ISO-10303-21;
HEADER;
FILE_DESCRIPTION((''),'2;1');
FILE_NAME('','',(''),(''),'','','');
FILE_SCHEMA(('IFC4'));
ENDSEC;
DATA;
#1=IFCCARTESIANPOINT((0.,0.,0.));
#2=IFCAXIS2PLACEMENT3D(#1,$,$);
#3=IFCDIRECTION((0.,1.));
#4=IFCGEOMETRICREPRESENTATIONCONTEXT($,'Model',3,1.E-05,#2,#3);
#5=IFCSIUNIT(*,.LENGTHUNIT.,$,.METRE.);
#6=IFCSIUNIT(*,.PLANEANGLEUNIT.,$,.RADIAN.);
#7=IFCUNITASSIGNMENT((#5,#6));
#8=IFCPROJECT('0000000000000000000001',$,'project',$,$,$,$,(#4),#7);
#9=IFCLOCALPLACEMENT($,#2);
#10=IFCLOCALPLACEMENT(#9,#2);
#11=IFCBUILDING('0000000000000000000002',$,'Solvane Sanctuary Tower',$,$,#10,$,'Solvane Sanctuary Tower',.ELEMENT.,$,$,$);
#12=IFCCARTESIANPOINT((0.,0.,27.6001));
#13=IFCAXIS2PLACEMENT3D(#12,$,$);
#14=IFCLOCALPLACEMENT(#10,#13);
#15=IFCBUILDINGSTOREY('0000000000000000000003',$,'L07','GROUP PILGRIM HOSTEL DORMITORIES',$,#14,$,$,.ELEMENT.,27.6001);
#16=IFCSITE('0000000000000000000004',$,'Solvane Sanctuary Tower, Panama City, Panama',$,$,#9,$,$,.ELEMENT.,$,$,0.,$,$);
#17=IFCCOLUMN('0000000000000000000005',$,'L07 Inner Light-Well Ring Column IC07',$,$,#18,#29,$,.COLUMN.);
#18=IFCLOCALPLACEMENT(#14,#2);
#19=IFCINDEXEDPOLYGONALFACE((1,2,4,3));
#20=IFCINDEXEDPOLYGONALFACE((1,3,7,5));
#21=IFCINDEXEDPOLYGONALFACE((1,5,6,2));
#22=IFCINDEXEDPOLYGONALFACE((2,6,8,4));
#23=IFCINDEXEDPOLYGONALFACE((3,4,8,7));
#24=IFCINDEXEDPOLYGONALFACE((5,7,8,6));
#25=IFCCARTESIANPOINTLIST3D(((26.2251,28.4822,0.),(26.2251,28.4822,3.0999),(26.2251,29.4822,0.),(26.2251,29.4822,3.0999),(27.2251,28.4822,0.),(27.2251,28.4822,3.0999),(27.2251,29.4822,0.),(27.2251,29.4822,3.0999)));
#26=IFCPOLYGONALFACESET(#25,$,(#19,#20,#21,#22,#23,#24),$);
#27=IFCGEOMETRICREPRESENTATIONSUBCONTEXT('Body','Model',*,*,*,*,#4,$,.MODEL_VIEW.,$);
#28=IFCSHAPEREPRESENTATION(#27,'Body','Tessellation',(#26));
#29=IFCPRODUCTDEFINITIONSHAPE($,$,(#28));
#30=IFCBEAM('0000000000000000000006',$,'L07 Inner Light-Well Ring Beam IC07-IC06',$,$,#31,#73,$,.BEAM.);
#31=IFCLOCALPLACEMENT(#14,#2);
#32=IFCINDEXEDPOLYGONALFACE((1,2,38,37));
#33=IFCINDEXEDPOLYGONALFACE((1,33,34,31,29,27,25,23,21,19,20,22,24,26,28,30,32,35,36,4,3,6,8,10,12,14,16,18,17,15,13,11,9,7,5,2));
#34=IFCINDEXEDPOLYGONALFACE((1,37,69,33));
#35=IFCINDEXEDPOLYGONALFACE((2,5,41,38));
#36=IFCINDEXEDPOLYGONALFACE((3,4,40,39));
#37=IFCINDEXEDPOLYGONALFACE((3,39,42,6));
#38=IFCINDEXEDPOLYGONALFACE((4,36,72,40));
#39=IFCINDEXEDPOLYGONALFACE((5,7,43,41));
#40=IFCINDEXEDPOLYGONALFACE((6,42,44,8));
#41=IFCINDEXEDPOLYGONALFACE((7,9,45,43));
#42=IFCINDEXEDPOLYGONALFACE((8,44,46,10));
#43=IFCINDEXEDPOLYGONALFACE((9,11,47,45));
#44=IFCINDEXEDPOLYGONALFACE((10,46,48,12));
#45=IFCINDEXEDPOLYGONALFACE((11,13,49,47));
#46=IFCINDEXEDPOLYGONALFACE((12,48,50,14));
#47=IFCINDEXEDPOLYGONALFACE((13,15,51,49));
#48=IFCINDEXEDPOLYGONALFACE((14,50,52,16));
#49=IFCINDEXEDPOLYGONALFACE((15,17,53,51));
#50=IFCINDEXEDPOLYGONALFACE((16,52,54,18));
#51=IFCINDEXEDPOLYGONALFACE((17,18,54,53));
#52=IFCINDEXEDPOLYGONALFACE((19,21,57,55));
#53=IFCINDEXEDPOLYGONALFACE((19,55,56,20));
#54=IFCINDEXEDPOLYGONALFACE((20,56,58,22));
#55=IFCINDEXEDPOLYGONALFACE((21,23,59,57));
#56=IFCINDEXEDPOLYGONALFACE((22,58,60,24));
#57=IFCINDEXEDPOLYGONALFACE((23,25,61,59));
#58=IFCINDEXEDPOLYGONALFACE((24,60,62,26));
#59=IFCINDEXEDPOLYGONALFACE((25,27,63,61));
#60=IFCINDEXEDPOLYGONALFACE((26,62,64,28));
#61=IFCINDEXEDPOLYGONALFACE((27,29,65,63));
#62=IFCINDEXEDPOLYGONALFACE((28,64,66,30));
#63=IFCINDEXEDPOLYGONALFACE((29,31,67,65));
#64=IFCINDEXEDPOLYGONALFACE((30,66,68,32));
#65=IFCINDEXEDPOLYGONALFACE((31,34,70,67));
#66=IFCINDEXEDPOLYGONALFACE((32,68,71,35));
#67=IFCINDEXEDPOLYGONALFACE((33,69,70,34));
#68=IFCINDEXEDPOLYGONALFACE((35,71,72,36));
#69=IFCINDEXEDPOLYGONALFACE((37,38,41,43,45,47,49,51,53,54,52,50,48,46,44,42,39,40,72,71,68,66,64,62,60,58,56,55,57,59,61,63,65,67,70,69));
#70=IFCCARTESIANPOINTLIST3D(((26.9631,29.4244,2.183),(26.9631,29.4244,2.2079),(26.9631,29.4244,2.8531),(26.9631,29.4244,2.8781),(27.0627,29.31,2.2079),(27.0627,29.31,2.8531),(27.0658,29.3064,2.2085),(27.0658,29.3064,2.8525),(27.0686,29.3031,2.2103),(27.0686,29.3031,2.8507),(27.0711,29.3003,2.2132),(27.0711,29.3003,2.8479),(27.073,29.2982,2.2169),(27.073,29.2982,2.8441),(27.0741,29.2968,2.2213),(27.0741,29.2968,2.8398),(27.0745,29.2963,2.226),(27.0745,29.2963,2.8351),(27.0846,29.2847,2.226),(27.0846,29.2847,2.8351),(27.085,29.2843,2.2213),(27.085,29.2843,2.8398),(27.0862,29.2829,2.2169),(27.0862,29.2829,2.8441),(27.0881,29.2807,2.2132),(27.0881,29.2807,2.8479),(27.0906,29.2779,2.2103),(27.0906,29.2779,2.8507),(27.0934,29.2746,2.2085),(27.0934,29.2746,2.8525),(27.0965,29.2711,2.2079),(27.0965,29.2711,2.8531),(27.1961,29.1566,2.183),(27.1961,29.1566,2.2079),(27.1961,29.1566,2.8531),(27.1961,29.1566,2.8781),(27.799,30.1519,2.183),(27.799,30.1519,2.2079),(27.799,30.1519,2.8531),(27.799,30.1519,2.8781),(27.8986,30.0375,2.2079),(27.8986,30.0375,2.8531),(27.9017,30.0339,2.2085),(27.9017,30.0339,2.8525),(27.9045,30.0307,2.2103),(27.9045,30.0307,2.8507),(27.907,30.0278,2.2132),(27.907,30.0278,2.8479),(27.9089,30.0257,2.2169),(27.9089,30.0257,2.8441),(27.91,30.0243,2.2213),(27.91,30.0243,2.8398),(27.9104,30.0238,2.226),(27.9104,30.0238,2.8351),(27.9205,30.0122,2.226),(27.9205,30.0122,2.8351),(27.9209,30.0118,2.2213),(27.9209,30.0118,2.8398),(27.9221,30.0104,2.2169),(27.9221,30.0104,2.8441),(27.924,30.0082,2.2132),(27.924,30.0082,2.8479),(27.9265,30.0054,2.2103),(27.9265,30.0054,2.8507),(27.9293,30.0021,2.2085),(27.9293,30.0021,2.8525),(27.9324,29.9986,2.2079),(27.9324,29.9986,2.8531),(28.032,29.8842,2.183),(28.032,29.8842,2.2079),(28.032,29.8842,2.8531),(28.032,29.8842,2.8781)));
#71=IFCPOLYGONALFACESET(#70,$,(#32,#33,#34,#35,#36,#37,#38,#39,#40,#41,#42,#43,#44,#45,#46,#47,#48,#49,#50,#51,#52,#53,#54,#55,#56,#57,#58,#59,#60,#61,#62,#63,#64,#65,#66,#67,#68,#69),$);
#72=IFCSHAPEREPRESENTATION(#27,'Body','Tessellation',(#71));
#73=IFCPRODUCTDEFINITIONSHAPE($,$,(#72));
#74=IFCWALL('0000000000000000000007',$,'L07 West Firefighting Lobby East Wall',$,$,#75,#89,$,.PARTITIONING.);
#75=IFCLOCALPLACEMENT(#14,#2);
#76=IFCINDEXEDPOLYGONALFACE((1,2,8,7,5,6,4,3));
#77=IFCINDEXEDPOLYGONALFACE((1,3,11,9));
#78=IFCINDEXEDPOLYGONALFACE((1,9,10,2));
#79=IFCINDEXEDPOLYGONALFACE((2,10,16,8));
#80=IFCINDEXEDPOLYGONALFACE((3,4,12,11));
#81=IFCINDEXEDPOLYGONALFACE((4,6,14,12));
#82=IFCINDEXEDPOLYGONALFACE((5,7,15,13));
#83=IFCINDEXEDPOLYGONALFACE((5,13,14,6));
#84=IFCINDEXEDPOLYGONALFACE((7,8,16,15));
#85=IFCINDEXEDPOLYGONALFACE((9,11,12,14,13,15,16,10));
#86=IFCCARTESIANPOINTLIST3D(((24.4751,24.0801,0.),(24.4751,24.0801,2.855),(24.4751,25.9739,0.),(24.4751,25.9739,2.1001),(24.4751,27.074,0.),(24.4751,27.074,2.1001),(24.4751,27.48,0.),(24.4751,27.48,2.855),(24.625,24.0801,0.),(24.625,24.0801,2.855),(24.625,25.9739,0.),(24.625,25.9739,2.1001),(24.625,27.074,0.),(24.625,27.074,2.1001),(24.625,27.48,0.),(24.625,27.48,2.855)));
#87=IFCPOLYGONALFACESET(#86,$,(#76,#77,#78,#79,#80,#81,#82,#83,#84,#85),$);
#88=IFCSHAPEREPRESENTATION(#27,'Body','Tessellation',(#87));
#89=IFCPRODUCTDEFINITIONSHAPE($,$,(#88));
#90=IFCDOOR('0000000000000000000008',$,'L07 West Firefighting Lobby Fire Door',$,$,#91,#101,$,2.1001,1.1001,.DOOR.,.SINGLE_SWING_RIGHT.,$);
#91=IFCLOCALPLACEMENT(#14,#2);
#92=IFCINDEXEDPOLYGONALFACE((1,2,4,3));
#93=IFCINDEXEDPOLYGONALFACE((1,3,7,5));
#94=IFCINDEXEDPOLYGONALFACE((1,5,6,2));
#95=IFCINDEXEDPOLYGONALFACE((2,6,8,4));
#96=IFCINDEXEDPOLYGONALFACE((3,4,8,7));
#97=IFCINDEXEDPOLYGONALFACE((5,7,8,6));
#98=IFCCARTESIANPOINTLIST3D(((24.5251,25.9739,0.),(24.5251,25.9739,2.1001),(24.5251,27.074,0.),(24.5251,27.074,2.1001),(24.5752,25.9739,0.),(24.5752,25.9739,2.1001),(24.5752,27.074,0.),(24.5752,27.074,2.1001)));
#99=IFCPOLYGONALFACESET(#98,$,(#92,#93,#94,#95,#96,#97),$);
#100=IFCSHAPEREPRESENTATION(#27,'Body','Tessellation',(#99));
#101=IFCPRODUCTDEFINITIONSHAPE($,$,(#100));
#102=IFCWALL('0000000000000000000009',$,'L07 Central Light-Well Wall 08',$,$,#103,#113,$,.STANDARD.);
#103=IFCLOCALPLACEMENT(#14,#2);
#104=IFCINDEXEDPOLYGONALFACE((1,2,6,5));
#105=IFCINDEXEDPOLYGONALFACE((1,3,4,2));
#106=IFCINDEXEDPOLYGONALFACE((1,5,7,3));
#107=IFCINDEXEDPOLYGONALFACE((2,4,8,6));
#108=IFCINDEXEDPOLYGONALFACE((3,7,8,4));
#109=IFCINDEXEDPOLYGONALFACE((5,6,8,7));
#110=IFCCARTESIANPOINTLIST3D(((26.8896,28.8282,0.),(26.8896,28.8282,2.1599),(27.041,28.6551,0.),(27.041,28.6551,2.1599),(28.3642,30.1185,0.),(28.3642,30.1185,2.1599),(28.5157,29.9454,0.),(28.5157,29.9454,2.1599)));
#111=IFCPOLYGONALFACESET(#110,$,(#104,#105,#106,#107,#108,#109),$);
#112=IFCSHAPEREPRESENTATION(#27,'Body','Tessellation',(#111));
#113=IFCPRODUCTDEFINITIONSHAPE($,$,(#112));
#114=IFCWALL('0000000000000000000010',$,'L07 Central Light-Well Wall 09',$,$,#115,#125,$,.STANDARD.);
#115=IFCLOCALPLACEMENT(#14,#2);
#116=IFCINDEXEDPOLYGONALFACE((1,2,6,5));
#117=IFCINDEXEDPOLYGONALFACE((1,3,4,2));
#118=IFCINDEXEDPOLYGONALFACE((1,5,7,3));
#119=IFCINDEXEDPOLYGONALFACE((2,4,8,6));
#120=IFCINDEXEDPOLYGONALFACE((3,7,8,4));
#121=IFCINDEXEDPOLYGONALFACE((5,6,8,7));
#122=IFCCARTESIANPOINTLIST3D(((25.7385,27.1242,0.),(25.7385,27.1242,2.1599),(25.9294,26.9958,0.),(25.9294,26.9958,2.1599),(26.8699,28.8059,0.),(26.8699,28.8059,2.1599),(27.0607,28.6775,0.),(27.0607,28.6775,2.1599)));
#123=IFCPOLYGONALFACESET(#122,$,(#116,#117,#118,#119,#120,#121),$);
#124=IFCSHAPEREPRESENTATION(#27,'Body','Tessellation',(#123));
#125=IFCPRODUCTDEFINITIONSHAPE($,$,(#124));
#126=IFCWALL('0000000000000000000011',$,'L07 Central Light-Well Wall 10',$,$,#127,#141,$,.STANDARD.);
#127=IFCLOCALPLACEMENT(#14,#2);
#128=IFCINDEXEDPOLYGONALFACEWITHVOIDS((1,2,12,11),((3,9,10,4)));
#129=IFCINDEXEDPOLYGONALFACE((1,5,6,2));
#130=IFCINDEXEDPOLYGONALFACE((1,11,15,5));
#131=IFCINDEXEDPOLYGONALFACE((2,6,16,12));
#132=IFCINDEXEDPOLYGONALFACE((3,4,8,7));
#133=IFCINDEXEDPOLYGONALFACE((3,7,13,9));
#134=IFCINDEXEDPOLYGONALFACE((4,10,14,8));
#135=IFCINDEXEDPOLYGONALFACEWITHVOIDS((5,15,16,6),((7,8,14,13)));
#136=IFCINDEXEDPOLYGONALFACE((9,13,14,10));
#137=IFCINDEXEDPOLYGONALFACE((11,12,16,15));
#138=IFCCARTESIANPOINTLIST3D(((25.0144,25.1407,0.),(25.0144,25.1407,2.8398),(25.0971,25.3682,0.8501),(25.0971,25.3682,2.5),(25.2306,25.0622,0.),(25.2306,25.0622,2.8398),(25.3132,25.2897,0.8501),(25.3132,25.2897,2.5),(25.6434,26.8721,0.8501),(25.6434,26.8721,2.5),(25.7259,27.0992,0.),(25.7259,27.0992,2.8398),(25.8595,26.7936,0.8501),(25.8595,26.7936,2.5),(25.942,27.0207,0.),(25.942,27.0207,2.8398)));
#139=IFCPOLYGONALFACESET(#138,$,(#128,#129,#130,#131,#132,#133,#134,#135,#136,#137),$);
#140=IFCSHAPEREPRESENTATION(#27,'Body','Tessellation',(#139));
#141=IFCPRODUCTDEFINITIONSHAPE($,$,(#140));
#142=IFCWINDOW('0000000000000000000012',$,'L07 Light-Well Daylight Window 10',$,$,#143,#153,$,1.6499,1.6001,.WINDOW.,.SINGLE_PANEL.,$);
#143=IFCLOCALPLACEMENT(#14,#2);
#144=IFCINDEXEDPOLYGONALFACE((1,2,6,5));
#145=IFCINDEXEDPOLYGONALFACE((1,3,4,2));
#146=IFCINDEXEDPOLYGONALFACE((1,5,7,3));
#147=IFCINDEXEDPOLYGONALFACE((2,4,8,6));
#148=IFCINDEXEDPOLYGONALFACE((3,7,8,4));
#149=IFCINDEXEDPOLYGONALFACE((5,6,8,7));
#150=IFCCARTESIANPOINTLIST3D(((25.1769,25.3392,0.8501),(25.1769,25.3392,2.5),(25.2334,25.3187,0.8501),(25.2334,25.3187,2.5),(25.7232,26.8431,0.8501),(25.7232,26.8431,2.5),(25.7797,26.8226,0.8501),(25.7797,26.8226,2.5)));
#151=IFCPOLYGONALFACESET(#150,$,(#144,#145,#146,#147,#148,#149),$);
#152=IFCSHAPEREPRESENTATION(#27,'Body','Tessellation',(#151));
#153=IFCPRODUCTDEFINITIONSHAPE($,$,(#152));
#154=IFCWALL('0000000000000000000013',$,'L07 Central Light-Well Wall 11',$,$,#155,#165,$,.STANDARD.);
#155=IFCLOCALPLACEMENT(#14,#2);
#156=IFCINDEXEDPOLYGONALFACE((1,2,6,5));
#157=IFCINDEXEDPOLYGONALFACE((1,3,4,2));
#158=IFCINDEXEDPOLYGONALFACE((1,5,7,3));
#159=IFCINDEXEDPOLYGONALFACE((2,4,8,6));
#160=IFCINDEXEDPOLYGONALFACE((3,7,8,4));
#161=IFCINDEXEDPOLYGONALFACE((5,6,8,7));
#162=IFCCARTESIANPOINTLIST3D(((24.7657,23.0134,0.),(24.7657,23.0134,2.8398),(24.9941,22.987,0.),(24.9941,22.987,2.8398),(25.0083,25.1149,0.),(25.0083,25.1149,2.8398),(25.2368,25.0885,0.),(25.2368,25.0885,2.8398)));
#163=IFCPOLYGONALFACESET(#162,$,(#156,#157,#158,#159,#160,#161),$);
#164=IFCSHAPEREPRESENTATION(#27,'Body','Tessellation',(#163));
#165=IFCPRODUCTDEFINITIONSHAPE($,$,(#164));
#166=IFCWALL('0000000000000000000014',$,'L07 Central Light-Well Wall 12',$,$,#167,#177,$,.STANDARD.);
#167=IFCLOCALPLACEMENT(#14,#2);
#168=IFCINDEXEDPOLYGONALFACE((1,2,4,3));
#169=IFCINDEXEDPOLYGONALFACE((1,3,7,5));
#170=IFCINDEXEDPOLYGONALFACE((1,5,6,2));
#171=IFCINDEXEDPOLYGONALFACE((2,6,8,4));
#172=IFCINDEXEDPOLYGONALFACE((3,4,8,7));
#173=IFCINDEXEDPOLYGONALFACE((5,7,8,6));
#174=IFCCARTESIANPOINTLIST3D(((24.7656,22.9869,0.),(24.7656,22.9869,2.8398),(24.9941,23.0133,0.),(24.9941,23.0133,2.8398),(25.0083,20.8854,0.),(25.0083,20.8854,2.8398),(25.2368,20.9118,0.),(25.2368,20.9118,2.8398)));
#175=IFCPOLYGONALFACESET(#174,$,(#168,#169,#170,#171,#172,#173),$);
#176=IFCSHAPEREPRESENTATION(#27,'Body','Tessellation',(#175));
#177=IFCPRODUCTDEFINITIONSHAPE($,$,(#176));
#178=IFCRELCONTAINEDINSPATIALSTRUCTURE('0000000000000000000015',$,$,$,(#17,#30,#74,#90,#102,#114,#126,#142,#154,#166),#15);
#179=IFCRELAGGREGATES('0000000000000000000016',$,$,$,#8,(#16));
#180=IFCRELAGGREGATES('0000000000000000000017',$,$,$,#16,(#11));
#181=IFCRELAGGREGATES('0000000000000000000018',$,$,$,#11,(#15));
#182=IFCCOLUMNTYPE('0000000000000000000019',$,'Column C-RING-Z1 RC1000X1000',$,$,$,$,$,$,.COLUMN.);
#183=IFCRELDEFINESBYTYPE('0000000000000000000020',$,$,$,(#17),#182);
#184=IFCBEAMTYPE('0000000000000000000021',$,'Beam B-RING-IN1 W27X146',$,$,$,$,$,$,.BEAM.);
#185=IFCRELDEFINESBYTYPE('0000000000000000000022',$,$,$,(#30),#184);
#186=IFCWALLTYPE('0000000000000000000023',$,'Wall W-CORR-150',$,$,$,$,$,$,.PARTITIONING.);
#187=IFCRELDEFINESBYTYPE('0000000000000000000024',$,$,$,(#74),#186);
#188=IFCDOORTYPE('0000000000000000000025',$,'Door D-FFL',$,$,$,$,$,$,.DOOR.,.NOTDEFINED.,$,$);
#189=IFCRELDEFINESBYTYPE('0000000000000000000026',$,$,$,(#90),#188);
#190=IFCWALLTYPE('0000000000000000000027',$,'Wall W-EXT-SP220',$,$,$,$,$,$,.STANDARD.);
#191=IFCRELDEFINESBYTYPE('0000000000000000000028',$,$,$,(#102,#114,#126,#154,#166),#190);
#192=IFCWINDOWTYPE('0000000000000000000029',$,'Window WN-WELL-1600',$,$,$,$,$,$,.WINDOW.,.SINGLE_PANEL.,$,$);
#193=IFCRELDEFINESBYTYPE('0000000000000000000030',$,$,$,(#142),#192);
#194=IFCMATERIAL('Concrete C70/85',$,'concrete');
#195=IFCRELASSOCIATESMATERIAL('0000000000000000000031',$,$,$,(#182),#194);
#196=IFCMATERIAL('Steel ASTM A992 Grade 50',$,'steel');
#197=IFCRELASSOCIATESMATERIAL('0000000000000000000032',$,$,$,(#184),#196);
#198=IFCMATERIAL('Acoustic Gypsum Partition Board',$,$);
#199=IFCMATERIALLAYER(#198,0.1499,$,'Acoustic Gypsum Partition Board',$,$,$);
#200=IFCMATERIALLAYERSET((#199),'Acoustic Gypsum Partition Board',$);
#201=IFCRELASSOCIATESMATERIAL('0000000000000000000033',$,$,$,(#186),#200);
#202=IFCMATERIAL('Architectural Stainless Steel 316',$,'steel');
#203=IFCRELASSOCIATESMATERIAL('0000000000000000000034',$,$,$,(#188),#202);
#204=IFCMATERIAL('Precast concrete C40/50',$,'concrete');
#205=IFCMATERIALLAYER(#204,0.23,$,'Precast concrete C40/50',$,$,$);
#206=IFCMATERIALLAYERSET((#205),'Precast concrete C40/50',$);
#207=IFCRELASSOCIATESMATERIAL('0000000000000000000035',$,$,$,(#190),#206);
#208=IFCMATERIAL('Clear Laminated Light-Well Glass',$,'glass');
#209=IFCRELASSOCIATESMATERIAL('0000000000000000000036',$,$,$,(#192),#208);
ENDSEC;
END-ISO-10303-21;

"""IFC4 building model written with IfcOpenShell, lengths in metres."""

from ifc_helpers import new_model, si_unit, direction, frame, frame_2d, origin, origin_2d, place, context, subcontext, project, spatial, rectangle, i_section, extrude, material, layer, layer_set, material_profile, profile_set, type_object, element, fill, save


model = new_model("IFC4")

# Units and contexts
model_context = context("Model", 3, precision=1e-05, world=origin(), true_north=direction((0.0, 1.0)))
body_context = subcontext(model_context, "Body", "Model", "MODEL_VIEW")
ifc_project = project(units=[si_unit("LENGTHUNIT", "METRE"), si_unit("PLANEANGLEUNIT", "RADIAN")], contexts=[model_context])

# Site, building, storey
site_placement = place(None, origin())
site = spatial("IfcSite", under=ifc_project, at=site_placement, Name="Solvane Sanctuary Tower, Panama City, Panama", CompositionType="ELEMENT", RefElevation=0.0)
building_placement = place(site_placement, origin())
building = spatial("IfcBuilding", under=site, at=building_placement, Name="Solvane Sanctuary Tower", LongName="Solvane Sanctuary Tower", CompositionType="ELEMENT")
storey_placement = place(building_placement, frame((0.0, 0.0, 27.6001)))
storey = spatial("IfcBuildingStorey", under=building, at=storey_placement, Name="L07", Description="GROUP PILGRIM HOSTEL DORMITORIES", CompositionType="ELEMENT", Elevation=27.6001)

# Column
ifc_material_1 = material(Name="Concrete C70/85", Category="concrete")
ifc_material_profile_1 = material_profile(ifc_material_1, rectangle(XDim=1.0, YDim=1.0, at=origin_2d()), Name="RC1000X1000")
ifc_profile_set_1 = profile_set([ifc_material_profile_1], Name="Concrete C70/85")
column_type = type_object("IfcColumnType", Name="Column C-RING-Z1 RC1000X1000", PredefinedType="COLUMN", material=ifc_profile_set_1)
column_placement = place(storey_placement, frame((26.7251, 28.9822, 0.0), z_axis=(0.0, 0.0, 1.0), x_axis=(1.0, 0.0, 0.0)))
element("IfcColumn", 1, at=column_placement, inside=storey, type_object=column_type, Name="L07 Inner Light-Well Ring Column IC07", PredefinedType="COLUMN", context=body_context, shape_type="SweptSolid", body=[
    extrude(rectangle(XDim=1.0, YDim=1.0, at=origin_2d()), origin(), (0.0, 0.0, 1.0), 3.0999),
])

# Beam
ifc_material_2 = material(Name="Steel ASTM A992 Grade 50", Category="steel")
ifc_material_profile_2 = material_profile(ifc_material_2, i_section(OverallWidth=0.355, OverallDepth=0.6951, WebThickness=0.0154, FlangeThickness=0.0249, FilletRadius=0.0181, at=origin_2d()), Name="W27X146")
ifc_profile_set_2 = profile_set([ifc_material_profile_2], Name="Steel ASTM A992 Grade 50")
beam_type = type_object("IfcBeamType", Name="Beam B-RING-IN1 W27X146", PredefinedType="BEAM", material=ifc_profile_set_2)
beam_placement = place(storey_placement, frame((27.0796, 29.2905, 2.5305), z_axis=(0.754321, 0.656506, 0.0), x_axis=(-0.656506, 0.754321, 0.0)))
element("IfcBeam", 2, at=beam_placement, inside=storey, type_object=beam_type, Name="L07 Inner Light-Well Ring Beam IC07-IC06", PredefinedType="BEAM", context=body_context, shape_type="SweptSolid", body=[
    extrude(i_section(OverallWidth=0.355, OverallDepth=0.6951, WebThickness=0.0154, FlangeThickness=0.0249, FilletRadius=0.0181, at=origin_2d()), origin(), (0.0, 0.0, 1.0), 1.1082),
])

# Wall, opening, door
ifc_material_3 = material(Name="Acoustic Gypsum Partition Board")
ifc_layer_1 = layer(ifc_material_3, 0.1499, Name="Acoustic Gypsum Partition Board")
ifc_layer_set_1 = layer_set([ifc_layer_1], Name="Acoustic Gypsum Partition Board")
wall_type_1 = type_object("IfcWallType", Name="Wall W-CORR-150", PredefinedType="PARTITIONING", material=ifc_layer_set_1)
wall_1_placement = place(storey_placement, frame((24.55, 24.0801, 0.0), z_axis=(0.0, 0.0, 1.0), x_axis=(0.0, 1.0, 0.0)))
wall_1 = element("IfcWall", 3, at=wall_1_placement, inside=storey, type_object=wall_type_1, Name="L07 West Firefighting Lobby East Wall", PredefinedType="PARTITIONING", context=body_context, shape_type="SweptSolid", body=[
    extrude(rectangle(XDim=3.3999, YDim=0.1499, at=frame_2d((1.7, 0.0))), origin(), (0.0, 0.0, 1.0), 2.855),
])
opening_1_placement = place(wall_1_placement, frame((1.8938, 0.0, 0.0)))
opening_1 = element("IfcOpeningElement", 4, at=opening_1_placement, cuts=wall_1, PredefinedType="OPENING", context=body_context, shape_type="SweptSolid", body=[
    extrude(rectangle(XDim=1.1001, YDim=2.1001, at=frame_2d((0.55, 1.05))), frame((0.0, 0.085, 0.0), z_axis=(0.0, -1.0, 0.0), x_axis=(1.0, 0.0, 0.0)), (0.0, 0.0, 1.0), 0.1699),
])
ifc_material_4 = material(Name="Architectural Stainless Steel 316", Category="steel")
door_type_1 = type_object("IfcDoorType", Name="Door D-FFL", OperationType="NOTDEFINED", PredefinedType="DOOR", material=ifc_material_4)
door_1_placement = place(opening_1_placement, origin())
door_1 = element("IfcDoor", 5, at=door_1_placement, inside=storey, type_object=door_type_1, Name="L07 West Firefighting Lobby Fire Door", OperationType="SINGLE_SWING_RIGHT", OverallHeight=2.1001, OverallWidth=1.1001, PredefinedType="DOOR", context=body_context, shape_type="SweptSolid", body=[
    extrude(rectangle(XDim=1.1001, YDim=2.1001, at=frame_2d((0.55, 1.05))), frame((0.0, 0.0249, 0.0), z_axis=(0.0, -1.0, 0.0), x_axis=(1.0, 0.0, 0.0)), (0.0, 0.0, 1.0), 0.05),
])
fill(opening_1, door_1)

# Walls
ifc_material_5 = material(Name="Precast concrete C40/50", Category="concrete")
ifc_layer_2 = layer(ifc_material_5, 0.23, Name="Precast concrete C40/50")
ifc_layer_set_2 = layer_set([ifc_layer_2], Name="Precast concrete C40/50")
wall_type_2 = type_object("IfcWallType", Name="Wall W-EXT-SP220", PredefinedType="STANDARD", material=ifc_layer_set_2)
wall_2_placement = place(storey_placement, frame((28.4399, 30.032, 0.0), z_axis=(0.0, 0.0, 1.0), x_axis=(-0.752577, -0.658505, 0.0)))
element("IfcWall", 6, at=wall_2_placement, inside=storey, type_object=wall_type_2, Name="L07 Central Light-Well Wall 08", PredefinedType="STANDARD", context=body_context, shape_type="SweptSolid", body=[
    extrude(rectangle(XDim=1.9595, YDim=0.23, at=frame_2d((0.9797, 0.0))), origin(), (0.0, 0.0, 1.0), 2.1599),
])
wall_3_placement = place(storey_placement, frame((26.9653, 28.7417, 0.0), z_axis=(0.0, 0.0, 1.0), x_axis=(-0.558198, -0.829708, 0.0)))
element("IfcWall", 7, at=wall_3_placement, inside=storey, type_object=wall_type_2, Name="L07 Central Light-Well Wall 09", PredefinedType="STANDARD", context=body_context, shape_type="SweptSolid", body=[
    extrude(rectangle(XDim=2.0269, YDim=0.23, at=frame_2d((1.0134, 0.0))), origin(), (0.0, 0.0, 1.0), 2.1599),
])

# Wall, opening, window
wall_4_placement = place(storey_placement, frame((25.834, 27.0601, 0.0), z_axis=(0.0, 0.0, 1.0), x_axis=(-0.341423, -0.93991, 0.0)))
wall_4 = element("IfcWall", 8, at=wall_4_placement, inside=storey, type_object=wall_type_2, Name="L07 Central Light-Well Wall 10", PredefinedType="STANDARD", context=body_context, shape_type="SweptSolid", body=[
    extrude(rectangle(XDim=2.0837, YDim=0.23, at=frame_2d((1.042, 0.0))), origin(), (0.0, 0.0, 1.0), 2.8398),
])
opening_2_placement = place(wall_4_placement, frame((0.2417, 0.0, 0.8501)))
opening_2 = element("IfcOpeningElement", 9, at=opening_2_placement, cuts=wall_4, PredefinedType="OPENING", context=body_context, shape_type="SweptSolid", body=[
    extrude(rectangle(XDim=1.6001, YDim=1.6499, at=frame_2d((0.8, 0.825))), frame((0.0, 0.125, 0.0), z_axis=(0.0, -1.0, 0.0), x_axis=(1.0, 0.0, 0.0)), (0.0, 0.0, 1.0), 0.25),
])
ifc_material_6 = material(Name="Clear Laminated Light-Well Glass", Category="glass")
window_type = type_object("IfcWindowType", Name="Window WN-WELL-1600", PartitioningType="SINGLE_PANEL", PredefinedType="WINDOW", material=ifc_material_6)
window_1_placement = place(opening_2_placement, origin())
window_1 = element("IfcWindow", 10, at=window_1_placement, inside=storey, type_object=window_type, Name="L07 Light-Well Daylight Window 10", OverallHeight=1.6499, OverallWidth=1.6001, PartitioningType="SINGLE_PANEL", PredefinedType="WINDOW", context=body_context, shape_type="SweptSolid", body=[
    extrude(rectangle(XDim=1.6001, YDim=1.6499, at=frame_2d((0.8, 0.825))), frame((0.0, 0.03, 0.0), z_axis=(0.0, -1.0, 0.0), x_axis=(1.0, 0.0, 0.0)), (0.0, 0.0, 1.0), 0.0601),
])
fill(opening_2, window_1)

# Walls
for number, where, z_axis, x_axis, name in (
    (11, (25.1226, 25.1016, 0.0), (0.0, 0.0, 1.0), (-0.114712, -0.993399, 0.0), "L07 Central Light-Well Wall 11"),
    (12, (24.8799, 23.0, 0.0), (0.0, 0.0, 1.0), (0.114712, -0.993399, 0.0), "L07 Central Light-Well Wall 12"),
):
    element("IfcWall", number, at=place(storey_placement, frame(where, z_axis=z_axis, x_axis=x_axis)), inside=storey, type_object=wall_type_2, Name=name, PredefinedType="STANDARD", context=body_context, shape_type="SweptSolid", body=[
        extrude(rectangle(XDim=2.1155, YDim=0.23, at=frame_2d((1.0576, 0.0))), origin(), (0.0, 0.0, 1.0), 2.8398),
    ])

save(model, "model.ifc")
